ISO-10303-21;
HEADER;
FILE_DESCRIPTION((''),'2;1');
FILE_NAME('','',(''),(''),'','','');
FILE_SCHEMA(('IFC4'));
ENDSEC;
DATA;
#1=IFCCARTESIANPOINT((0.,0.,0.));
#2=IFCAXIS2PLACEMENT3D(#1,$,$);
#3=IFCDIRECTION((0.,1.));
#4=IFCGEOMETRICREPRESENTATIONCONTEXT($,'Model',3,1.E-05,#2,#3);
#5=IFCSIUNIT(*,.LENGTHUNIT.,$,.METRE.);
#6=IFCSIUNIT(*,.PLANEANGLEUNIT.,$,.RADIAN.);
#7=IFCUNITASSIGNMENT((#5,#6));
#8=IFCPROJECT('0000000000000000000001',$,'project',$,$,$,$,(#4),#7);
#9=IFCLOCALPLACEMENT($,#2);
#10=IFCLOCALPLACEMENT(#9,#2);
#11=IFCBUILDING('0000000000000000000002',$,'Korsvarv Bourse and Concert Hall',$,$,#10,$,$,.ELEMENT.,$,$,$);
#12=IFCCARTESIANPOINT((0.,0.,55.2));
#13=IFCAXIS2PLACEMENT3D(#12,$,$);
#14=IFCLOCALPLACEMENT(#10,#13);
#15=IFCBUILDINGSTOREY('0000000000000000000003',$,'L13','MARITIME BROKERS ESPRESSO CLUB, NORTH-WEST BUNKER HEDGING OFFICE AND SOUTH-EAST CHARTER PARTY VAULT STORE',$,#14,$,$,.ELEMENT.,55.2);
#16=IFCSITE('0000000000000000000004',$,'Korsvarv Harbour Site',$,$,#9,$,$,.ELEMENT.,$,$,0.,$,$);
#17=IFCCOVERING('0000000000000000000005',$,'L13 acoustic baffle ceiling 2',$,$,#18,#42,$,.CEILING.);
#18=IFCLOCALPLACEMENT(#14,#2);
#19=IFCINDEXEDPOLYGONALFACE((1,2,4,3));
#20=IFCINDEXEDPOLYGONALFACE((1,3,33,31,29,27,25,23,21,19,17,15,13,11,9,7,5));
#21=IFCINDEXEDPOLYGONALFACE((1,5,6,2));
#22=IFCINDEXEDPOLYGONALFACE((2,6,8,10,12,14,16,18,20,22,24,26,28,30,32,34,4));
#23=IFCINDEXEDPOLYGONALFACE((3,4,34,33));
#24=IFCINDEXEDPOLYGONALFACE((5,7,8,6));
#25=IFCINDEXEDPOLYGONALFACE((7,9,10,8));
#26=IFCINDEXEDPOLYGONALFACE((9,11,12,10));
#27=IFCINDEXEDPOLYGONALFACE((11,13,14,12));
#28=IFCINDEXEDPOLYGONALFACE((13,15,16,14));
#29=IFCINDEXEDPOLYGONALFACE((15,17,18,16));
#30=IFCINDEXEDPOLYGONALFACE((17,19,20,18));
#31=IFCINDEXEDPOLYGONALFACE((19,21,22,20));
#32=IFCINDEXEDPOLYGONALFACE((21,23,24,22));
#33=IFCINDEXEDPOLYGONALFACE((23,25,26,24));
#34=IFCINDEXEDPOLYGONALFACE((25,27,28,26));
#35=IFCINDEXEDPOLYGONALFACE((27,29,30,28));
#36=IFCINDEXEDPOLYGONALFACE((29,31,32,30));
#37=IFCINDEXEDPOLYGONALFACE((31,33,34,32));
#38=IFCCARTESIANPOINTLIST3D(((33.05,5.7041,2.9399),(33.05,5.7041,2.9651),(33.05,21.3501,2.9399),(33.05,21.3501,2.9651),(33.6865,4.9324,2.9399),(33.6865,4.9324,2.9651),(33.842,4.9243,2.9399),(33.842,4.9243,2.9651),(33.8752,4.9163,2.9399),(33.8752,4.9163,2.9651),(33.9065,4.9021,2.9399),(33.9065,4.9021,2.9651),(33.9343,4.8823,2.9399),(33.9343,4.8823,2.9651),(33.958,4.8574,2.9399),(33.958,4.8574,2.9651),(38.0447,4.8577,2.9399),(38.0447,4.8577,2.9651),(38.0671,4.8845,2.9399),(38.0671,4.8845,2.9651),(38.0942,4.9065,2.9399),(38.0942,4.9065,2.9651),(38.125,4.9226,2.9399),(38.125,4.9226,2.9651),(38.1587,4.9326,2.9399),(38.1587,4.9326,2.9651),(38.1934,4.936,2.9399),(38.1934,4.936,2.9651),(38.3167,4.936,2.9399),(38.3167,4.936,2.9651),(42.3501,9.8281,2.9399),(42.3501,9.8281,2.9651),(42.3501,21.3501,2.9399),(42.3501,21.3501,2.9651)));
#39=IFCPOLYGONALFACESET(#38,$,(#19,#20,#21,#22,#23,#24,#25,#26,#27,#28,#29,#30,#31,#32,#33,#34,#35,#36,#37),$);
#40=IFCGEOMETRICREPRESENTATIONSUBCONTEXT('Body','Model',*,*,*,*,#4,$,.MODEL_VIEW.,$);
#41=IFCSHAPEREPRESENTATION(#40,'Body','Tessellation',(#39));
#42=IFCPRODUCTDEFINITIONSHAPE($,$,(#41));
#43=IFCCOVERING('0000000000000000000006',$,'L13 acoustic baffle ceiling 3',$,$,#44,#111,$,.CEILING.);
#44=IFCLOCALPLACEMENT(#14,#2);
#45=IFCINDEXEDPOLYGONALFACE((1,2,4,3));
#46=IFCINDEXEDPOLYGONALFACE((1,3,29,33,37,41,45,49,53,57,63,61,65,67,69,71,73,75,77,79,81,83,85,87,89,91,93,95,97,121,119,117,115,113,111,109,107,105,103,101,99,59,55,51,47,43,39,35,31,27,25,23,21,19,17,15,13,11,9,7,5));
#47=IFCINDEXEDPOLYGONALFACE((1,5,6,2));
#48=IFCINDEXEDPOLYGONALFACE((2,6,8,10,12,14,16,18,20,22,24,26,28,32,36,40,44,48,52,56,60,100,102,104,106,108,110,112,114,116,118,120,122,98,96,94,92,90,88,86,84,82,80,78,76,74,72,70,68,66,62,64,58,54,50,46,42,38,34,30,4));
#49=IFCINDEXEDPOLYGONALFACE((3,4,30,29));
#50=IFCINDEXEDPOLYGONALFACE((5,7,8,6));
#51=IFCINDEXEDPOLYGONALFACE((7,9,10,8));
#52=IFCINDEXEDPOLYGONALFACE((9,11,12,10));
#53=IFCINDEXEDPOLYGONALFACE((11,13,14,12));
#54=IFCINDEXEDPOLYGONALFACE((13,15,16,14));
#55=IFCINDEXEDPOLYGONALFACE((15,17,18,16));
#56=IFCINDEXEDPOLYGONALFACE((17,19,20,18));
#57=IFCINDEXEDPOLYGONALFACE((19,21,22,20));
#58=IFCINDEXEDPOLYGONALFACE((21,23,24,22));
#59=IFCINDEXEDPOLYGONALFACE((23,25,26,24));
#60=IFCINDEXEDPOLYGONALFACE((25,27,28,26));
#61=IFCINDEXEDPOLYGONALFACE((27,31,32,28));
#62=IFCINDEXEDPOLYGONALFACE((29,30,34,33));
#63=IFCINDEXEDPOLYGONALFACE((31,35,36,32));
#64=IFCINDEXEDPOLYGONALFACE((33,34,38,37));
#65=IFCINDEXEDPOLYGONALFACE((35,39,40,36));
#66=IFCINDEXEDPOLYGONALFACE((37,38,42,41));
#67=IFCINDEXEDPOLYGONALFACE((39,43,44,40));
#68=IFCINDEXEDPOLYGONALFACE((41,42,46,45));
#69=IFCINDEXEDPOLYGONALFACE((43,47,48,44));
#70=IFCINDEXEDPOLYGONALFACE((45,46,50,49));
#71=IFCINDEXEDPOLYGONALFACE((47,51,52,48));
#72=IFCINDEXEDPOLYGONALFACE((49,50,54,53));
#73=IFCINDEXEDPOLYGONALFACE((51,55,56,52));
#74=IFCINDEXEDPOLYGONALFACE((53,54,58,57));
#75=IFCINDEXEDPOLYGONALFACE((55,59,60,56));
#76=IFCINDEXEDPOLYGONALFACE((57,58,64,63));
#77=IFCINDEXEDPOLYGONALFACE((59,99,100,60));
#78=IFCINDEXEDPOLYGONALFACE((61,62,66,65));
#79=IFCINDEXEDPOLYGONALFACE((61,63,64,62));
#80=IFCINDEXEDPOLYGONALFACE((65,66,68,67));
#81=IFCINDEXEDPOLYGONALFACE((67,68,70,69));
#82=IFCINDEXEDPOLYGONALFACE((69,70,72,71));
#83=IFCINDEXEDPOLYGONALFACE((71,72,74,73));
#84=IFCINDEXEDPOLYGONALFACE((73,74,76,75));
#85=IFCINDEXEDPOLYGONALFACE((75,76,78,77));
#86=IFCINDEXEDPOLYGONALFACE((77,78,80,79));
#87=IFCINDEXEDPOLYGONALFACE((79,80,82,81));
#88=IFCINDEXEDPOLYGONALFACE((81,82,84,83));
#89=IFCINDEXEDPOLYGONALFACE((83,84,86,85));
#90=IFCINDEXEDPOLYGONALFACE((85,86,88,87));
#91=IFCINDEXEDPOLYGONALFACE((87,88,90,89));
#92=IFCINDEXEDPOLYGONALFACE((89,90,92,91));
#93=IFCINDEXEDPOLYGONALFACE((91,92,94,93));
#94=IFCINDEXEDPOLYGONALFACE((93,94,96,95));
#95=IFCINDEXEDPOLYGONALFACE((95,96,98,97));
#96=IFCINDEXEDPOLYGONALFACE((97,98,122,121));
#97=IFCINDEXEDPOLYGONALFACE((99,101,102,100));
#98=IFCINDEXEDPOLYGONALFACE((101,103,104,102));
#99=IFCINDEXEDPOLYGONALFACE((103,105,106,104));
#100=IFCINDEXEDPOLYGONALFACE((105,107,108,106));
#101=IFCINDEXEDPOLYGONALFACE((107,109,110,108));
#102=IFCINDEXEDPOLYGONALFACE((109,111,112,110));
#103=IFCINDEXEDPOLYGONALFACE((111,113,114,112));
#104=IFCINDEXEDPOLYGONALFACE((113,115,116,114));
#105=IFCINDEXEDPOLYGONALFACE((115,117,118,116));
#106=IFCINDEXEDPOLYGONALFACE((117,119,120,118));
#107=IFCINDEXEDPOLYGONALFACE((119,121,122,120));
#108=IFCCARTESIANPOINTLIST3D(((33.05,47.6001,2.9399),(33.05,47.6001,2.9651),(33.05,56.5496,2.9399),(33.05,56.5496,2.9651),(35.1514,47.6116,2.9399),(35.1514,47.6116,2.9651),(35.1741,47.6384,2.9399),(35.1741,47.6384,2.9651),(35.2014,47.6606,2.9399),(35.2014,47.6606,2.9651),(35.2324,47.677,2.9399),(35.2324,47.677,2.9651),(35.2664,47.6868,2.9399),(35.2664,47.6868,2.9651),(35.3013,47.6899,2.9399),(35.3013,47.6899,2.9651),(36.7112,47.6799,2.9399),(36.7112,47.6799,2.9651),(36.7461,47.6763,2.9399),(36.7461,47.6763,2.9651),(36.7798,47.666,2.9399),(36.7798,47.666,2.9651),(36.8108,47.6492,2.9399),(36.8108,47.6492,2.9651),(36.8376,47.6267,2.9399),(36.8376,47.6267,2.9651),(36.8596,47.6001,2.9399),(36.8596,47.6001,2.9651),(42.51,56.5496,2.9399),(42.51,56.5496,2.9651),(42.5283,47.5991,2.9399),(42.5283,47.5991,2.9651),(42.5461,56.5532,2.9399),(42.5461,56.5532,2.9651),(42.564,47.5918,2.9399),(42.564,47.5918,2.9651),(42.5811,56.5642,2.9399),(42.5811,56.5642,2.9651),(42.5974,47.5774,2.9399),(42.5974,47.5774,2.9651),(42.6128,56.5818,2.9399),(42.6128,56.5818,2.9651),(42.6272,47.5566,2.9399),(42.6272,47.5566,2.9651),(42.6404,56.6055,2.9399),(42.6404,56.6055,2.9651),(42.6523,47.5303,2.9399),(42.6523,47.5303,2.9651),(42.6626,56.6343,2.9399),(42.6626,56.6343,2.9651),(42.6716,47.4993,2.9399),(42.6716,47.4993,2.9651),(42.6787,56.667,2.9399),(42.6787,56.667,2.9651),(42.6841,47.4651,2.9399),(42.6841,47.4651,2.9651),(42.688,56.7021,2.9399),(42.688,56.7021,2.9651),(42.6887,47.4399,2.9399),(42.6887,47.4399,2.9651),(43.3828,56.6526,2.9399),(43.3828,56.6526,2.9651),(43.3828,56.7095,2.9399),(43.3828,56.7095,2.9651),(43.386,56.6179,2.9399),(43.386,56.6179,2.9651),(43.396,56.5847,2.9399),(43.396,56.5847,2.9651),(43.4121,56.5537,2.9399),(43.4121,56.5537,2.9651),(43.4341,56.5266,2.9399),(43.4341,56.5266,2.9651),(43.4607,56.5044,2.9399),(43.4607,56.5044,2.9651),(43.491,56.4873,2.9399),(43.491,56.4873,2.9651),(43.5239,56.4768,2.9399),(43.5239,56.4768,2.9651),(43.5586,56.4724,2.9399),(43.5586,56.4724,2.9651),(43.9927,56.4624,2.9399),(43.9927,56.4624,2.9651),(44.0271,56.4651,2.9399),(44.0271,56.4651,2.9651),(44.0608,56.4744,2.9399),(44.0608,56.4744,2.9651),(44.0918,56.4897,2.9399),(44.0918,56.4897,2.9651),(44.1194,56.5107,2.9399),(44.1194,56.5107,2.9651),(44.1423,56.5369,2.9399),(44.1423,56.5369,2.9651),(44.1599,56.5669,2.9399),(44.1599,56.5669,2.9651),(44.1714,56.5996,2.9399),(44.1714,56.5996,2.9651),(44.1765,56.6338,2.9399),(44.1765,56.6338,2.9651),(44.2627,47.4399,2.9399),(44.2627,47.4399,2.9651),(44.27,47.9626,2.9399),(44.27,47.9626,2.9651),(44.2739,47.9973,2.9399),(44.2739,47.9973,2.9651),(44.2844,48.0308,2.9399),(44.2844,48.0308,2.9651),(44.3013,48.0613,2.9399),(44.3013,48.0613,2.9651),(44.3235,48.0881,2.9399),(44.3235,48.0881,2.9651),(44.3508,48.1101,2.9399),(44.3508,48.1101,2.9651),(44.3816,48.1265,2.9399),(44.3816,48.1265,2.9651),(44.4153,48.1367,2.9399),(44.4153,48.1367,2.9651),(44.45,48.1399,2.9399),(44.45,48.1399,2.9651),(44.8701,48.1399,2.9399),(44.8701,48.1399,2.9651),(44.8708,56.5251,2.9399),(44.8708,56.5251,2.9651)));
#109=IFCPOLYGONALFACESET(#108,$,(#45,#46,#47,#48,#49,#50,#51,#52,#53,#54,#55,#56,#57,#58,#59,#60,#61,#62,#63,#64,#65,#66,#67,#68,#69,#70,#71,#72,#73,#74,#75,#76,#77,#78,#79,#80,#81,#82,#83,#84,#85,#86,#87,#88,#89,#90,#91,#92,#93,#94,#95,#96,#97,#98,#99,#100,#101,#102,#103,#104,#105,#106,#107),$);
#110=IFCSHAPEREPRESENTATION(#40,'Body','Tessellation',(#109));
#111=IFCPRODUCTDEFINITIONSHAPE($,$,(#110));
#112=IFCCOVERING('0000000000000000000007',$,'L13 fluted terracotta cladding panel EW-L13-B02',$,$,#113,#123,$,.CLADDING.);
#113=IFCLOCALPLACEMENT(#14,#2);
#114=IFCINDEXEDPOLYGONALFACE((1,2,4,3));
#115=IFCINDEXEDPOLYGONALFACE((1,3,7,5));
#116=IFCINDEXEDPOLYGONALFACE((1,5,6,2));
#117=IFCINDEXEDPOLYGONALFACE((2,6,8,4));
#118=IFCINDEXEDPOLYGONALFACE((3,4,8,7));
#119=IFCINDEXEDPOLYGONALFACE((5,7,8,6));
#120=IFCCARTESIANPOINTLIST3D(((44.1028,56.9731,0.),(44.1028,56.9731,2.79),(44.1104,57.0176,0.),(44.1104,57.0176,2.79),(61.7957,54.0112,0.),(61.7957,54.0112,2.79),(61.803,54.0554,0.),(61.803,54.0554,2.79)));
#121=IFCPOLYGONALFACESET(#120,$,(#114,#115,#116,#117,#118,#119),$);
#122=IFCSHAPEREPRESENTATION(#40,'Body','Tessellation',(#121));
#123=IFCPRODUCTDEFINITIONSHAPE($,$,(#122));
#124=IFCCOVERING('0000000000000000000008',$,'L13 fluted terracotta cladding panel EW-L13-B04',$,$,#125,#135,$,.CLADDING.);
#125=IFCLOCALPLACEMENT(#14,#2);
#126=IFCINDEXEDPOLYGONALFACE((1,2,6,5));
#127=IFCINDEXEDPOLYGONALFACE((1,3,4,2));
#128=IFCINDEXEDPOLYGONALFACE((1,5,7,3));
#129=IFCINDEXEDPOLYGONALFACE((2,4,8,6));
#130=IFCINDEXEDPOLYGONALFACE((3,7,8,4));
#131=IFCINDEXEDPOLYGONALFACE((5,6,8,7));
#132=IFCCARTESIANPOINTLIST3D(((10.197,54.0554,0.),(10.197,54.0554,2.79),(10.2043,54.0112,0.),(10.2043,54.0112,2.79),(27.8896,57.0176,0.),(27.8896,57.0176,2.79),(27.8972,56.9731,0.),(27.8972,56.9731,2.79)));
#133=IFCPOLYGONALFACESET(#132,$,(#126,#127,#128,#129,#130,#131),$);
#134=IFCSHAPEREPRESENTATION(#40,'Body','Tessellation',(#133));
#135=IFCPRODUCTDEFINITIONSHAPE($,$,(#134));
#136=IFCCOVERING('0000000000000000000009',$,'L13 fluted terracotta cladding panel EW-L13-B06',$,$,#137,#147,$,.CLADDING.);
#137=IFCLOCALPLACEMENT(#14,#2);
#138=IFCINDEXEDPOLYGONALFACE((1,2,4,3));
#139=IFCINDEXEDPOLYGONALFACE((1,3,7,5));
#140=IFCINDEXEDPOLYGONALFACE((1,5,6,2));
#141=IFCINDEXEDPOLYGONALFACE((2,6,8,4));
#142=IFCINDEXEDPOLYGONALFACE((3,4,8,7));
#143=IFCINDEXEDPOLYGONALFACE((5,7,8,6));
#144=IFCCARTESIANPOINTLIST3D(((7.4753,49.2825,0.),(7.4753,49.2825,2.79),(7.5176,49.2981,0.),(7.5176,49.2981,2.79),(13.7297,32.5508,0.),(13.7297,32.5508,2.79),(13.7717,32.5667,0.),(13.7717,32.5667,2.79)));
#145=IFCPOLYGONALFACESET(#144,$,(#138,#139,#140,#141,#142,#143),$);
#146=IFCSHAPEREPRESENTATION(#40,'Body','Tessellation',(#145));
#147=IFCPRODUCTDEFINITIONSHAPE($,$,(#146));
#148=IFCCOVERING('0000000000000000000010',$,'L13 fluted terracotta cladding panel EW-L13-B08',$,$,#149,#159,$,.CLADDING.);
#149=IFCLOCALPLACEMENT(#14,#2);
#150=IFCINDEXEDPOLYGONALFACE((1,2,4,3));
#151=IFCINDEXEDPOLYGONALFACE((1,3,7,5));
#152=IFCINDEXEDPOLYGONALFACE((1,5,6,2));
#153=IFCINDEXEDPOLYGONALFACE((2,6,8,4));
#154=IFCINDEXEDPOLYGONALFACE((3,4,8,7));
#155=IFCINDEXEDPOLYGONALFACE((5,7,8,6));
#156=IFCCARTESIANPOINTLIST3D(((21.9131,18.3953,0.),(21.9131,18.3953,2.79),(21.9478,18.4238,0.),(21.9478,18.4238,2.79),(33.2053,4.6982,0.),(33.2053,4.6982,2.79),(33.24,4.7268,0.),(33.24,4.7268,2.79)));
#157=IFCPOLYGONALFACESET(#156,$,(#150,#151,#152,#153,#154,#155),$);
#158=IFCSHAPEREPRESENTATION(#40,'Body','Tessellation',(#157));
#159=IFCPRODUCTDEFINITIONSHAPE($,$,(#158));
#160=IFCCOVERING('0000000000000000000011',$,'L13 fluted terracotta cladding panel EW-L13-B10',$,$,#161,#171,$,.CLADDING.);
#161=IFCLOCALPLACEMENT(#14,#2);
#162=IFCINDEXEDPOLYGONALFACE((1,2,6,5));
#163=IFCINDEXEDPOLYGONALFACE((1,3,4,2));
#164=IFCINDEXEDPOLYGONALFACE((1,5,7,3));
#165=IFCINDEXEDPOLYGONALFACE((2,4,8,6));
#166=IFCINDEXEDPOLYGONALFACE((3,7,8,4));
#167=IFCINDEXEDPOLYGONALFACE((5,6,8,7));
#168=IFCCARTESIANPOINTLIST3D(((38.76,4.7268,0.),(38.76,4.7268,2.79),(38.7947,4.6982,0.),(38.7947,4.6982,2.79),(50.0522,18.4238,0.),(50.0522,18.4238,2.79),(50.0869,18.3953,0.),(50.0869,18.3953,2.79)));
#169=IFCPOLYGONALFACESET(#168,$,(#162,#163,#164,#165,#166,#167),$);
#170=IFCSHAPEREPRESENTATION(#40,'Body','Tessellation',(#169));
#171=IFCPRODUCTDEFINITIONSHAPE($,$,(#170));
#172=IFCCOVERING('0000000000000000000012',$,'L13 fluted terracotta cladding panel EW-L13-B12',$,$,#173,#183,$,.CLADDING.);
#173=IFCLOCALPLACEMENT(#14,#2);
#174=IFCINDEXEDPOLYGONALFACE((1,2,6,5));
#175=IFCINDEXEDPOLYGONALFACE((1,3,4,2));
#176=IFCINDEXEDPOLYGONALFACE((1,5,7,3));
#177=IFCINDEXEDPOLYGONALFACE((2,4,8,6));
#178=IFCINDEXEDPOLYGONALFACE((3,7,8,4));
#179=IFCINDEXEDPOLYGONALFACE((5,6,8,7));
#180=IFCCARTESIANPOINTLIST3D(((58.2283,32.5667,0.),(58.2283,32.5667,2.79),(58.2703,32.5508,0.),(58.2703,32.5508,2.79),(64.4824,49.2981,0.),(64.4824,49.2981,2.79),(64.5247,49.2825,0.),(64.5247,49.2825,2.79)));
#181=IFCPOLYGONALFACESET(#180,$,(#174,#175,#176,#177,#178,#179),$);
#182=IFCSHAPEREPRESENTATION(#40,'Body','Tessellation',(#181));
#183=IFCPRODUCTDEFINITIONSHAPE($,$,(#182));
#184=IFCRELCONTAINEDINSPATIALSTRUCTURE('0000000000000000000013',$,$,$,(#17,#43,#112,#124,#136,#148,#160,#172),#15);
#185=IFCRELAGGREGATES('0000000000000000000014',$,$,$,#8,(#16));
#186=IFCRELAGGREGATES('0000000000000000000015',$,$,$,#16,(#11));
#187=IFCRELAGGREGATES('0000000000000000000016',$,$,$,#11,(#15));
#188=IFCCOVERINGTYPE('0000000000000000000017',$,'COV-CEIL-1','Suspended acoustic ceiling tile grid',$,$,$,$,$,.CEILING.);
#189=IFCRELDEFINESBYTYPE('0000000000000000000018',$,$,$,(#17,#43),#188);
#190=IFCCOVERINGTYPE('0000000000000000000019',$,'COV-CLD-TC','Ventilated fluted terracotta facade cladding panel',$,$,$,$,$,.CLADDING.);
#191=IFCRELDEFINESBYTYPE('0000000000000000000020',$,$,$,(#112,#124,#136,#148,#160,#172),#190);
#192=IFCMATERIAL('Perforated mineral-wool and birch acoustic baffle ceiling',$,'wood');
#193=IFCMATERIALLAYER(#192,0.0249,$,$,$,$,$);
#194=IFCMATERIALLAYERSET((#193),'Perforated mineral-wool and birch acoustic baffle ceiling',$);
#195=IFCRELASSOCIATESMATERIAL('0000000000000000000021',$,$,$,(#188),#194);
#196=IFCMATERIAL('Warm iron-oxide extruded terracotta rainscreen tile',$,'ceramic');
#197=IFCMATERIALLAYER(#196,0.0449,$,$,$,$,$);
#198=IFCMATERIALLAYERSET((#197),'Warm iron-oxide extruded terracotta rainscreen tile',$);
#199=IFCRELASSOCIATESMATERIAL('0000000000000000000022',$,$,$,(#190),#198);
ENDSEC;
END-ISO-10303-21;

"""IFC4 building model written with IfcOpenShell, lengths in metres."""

from ifc_helpers import new_model, si_unit, direction, frame, origin, place, context, subcontext, project, spatial, polyline, outline, extrude, material, layer, layer_set, type_object, element, save


model = new_model("IFC4")

# Units and contexts
model_context = context("Model", 3, precision=1e-05, world=origin(), true_north=direction((0.0, 1.0)))
body_context = subcontext(model_context, "Body", "Model", "MODEL_VIEW")
ifc_project = project(units=[si_unit("LENGTHUNIT", "METRE"), si_unit("PLANEANGLEUNIT", "RADIAN")], contexts=[model_context])

# Site, building, storey
site_placement = place(None, origin())
site = spatial("IfcSite", under=ifc_project, at=site_placement, Name="Korsvarv Harbour Site", CompositionType="ELEMENT", RefElevation=0.0)
building_placement = place(site_placement, origin())
building = spatial("IfcBuilding", under=site, at=building_placement, Name="Korsvarv Bourse and Concert Hall", CompositionType="ELEMENT")
storey_placement = place(building_placement, frame((0.0, 0.0, 55.2)))
storey = spatial("IfcBuildingStorey", under=building, at=storey_placement, Name="L13", Description="MARITIME BROKERS ESPRESSO CLUB, NORTH-WEST BUNKER HEDGING OFFICE AND SOUTH-EAST CHARTER PARTY VAULT STORE", CompositionType="ELEMENT", Elevation=55.2)

# Coverings
ifc_material_1 = material(Name="Perforated mineral-wool and birch acoustic baffle ceiling", Category="wood")
ifc_layer_1 = layer(ifc_material_1, 0.0249)
ifc_layer_set_1 = layer_set([ifc_layer_1], Name="Perforated mineral-wool and birch acoustic baffle ceiling")
covering_type_1 = type_object("IfcCoveringType", Name="COV-CEIL-1", Description="Suspended acoustic ceiling tile grid", PredefinedType="CEILING", material=ifc_layer_set_1)
covering_1_placement = place(storey_placement, frame((0.0, 0.0, 2.9399)))
element("IfcCovering", 1, at=covering_1_placement, inside=storey, type_object=covering_type_1, Name="L13 acoustic baffle ceiling 2", PredefinedType="CEILING", context=body_context, shape_type="SweptSolid", body=[
    extrude(outline(polyline([(33.958, 4.8574), (33.9343, 4.8823), (33.9065, 4.9021), (33.8752, 4.9163), (33.842, 4.9243), (33.6865, 4.9324), (33.05, 5.7041), (33.05, 21.3501), (42.3501, 21.3501), (42.3501, 9.8281), (38.3167, 4.936), (38.1934, 4.936), (38.1587, 4.9326), (38.125, 4.9226), (38.0942, 4.9065), (38.0671, 4.8845), (38.0447, 4.8577), (33.958, 4.8574)])), origin(), (0.0, 0.0, 1.0), 0.0251),
])
covering_2_placement = place(storey_placement, frame((0.0, 0.0, 2.9399)))
element("IfcCovering", 2, at=covering_2_placement, inside=storey, type_object=covering_type_1, Name="L13 acoustic baffle ceiling 3", PredefinedType="CEILING", context=body_context, shape_type="SweptSolid", body=[
    extrude(outline(polyline([(33.05, 47.6001), (33.05, 56.5496), (42.51, 56.5496), (42.5461, 56.5532), (42.5811, 56.5642), (42.6128, 56.5818), (42.6404, 56.6055), (42.6626, 56.6343), (42.6787, 56.667), (42.688, 56.7021), (43.3828, 56.7095), (43.3828, 56.6526), (43.386, 56.6179), (43.396, 56.5847), (43.4121, 56.5537), (43.4341, 56.5266), (43.4607, 56.5044), (43.491, 56.4873), (43.5239, 56.4768), (43.5586, 56.4724), (43.9927, 56.4624), (44.0271, 56.4651), (44.0608, 56.4744), (44.0918, 56.4897), (44.1194, 56.5107), (44.1423, 56.5369), (44.1599, 56.5669), (44.1714, 56.5996), (44.1765, 56.6338), (44.8708, 56.5251), (44.8701, 48.1399), (44.45, 48.1399), (44.4153, 48.1367), (44.3816, 48.1265), (44.3508, 48.1101), (44.3235, 48.0881), (44.3013, 48.0613), (44.2844, 48.0308), (44.2739, 47.9973), (44.27, 47.9626), (44.2627, 47.4399), (42.6887, 47.4399), (42.6841, 47.4651), (42.6716, 47.4993), (42.6523, 47.5303), (42.6272, 47.5566), (42.5974, 47.5774), (42.564, 47.5918), (42.5283, 47.5991), (36.8596, 47.6001), (36.8376, 47.6267), (36.8108, 47.6492), (36.7798, 47.666), (36.7461, 47.6763), (36.7112, 47.6799), (35.3013, 47.6899), (35.2664, 47.6868), (35.2324, 47.677), (35.2014, 47.6606), (35.1741, 47.6384), (35.1514, 47.6116), (33.05, 47.6001)])), origin(), (0.0, 0.0, 1.0), 0.0251),
])
ifc_material_2 = material(Name="Warm iron-oxide extruded terracotta rainscreen tile", Category="ceramic")
ifc_layer_2 = layer(ifc_material_2, 0.0449)
ifc_layer_set_2 = layer_set([ifc_layer_2], Name="Warm iron-oxide extruded terracotta rainscreen tile")
covering_type_2 = type_object("IfcCoveringType", Name="COV-CLD-TC", Description="Ventilated fluted terracotta facade cladding panel", PredefinedType="CLADDING", material=ifc_layer_set_2)
covering_3_placement = place(storey_placement, origin())
element("IfcCovering", 3, at=covering_3_placement, inside=storey, type_object=covering_type_2, Name="L13 fluted terracotta cladding panel EW-L13-B02", PredefinedType="CLADDING", context=body_context, shape_type="SweptSolid", body=[
    extrude(outline(polyline([(61.7957, 54.0112), (44.1028, 56.9731), (44.1104, 57.0176), (61.803, 54.0554), (61.7957, 54.0112)])), origin(), (0.0, 0.0, 1.0), 2.79),
])
covering_4_placement = place(storey_placement, origin())
element("IfcCovering", 4, at=covering_4_placement, inside=storey, type_object=covering_type_2, Name="L13 fluted terracotta cladding panel EW-L13-B04", PredefinedType="CLADDING", context=body_context, shape_type="SweptSolid", body=[
    extrude(outline(polyline([(27.8972, 56.9731), (10.2043, 54.0112), (10.197, 54.0554), (27.8896, 57.0176), (27.8972, 56.9731)])), origin(), (0.0, 0.0, 1.0), 2.79),
])
covering_5_placement = place(storey_placement, origin())
element("IfcCovering", 5, at=covering_5_placement, inside=storey, type_object=covering_type_2, Name="L13 fluted terracotta cladding panel EW-L13-B06", PredefinedType="CLADDING", context=body_context, shape_type="SweptSolid", body=[
    extrude(outline(polyline([(7.5176, 49.2981), (13.7717, 32.5667), (13.7297, 32.5508), (7.4753, 49.2825), (7.5176, 49.2981)])), origin(), (0.0, 0.0, 1.0), 2.79),
])
covering_6_placement = place(storey_placement, origin())
element("IfcCovering", 6, at=covering_6_placement, inside=storey, type_object=covering_type_2, Name="L13 fluted terracotta cladding panel EW-L13-B08", PredefinedType="CLADDING", context=body_context, shape_type="SweptSolid", body=[
    extrude(outline(polyline([(21.9478, 18.4238), (33.24, 4.7268), (33.2053, 4.6982), (21.9131, 18.3953), (21.9478, 18.4238)])), origin(), (0.0, 0.0, 1.0), 2.79),
])
covering_7_placement = place(storey_placement, origin())
element("IfcCovering", 7, at=covering_7_placement, inside=storey, type_object=covering_type_2, Name="L13 fluted terracotta cladding panel EW-L13-B10", PredefinedType="CLADDING", context=body_context, shape_type="SweptSolid", body=[
    extrude(outline(polyline([(38.76, 4.7268), (50.0522, 18.4238), (50.0869, 18.3953), (38.7947, 4.6982), (38.76, 4.7268)])), origin(), (0.0, 0.0, 1.0), 2.79),
])
covering_8_placement = place(storey_placement, origin())
element("IfcCovering", 8, at=covering_8_placement, inside=storey, type_object=covering_type_2, Name="L13 fluted terracotta cladding panel EW-L13-B12", PredefinedType="CLADDING", context=body_context, shape_type="SweptSolid", body=[
    extrude(outline(polyline([(58.2283, 32.5667), (64.4824, 49.2981), (64.5247, 49.2825), (58.2703, 32.5508), (58.2283, 32.5667)])), origin(), (0.0, 0.0, 1.0), 2.79),
])

save(model, "model.ifc")
